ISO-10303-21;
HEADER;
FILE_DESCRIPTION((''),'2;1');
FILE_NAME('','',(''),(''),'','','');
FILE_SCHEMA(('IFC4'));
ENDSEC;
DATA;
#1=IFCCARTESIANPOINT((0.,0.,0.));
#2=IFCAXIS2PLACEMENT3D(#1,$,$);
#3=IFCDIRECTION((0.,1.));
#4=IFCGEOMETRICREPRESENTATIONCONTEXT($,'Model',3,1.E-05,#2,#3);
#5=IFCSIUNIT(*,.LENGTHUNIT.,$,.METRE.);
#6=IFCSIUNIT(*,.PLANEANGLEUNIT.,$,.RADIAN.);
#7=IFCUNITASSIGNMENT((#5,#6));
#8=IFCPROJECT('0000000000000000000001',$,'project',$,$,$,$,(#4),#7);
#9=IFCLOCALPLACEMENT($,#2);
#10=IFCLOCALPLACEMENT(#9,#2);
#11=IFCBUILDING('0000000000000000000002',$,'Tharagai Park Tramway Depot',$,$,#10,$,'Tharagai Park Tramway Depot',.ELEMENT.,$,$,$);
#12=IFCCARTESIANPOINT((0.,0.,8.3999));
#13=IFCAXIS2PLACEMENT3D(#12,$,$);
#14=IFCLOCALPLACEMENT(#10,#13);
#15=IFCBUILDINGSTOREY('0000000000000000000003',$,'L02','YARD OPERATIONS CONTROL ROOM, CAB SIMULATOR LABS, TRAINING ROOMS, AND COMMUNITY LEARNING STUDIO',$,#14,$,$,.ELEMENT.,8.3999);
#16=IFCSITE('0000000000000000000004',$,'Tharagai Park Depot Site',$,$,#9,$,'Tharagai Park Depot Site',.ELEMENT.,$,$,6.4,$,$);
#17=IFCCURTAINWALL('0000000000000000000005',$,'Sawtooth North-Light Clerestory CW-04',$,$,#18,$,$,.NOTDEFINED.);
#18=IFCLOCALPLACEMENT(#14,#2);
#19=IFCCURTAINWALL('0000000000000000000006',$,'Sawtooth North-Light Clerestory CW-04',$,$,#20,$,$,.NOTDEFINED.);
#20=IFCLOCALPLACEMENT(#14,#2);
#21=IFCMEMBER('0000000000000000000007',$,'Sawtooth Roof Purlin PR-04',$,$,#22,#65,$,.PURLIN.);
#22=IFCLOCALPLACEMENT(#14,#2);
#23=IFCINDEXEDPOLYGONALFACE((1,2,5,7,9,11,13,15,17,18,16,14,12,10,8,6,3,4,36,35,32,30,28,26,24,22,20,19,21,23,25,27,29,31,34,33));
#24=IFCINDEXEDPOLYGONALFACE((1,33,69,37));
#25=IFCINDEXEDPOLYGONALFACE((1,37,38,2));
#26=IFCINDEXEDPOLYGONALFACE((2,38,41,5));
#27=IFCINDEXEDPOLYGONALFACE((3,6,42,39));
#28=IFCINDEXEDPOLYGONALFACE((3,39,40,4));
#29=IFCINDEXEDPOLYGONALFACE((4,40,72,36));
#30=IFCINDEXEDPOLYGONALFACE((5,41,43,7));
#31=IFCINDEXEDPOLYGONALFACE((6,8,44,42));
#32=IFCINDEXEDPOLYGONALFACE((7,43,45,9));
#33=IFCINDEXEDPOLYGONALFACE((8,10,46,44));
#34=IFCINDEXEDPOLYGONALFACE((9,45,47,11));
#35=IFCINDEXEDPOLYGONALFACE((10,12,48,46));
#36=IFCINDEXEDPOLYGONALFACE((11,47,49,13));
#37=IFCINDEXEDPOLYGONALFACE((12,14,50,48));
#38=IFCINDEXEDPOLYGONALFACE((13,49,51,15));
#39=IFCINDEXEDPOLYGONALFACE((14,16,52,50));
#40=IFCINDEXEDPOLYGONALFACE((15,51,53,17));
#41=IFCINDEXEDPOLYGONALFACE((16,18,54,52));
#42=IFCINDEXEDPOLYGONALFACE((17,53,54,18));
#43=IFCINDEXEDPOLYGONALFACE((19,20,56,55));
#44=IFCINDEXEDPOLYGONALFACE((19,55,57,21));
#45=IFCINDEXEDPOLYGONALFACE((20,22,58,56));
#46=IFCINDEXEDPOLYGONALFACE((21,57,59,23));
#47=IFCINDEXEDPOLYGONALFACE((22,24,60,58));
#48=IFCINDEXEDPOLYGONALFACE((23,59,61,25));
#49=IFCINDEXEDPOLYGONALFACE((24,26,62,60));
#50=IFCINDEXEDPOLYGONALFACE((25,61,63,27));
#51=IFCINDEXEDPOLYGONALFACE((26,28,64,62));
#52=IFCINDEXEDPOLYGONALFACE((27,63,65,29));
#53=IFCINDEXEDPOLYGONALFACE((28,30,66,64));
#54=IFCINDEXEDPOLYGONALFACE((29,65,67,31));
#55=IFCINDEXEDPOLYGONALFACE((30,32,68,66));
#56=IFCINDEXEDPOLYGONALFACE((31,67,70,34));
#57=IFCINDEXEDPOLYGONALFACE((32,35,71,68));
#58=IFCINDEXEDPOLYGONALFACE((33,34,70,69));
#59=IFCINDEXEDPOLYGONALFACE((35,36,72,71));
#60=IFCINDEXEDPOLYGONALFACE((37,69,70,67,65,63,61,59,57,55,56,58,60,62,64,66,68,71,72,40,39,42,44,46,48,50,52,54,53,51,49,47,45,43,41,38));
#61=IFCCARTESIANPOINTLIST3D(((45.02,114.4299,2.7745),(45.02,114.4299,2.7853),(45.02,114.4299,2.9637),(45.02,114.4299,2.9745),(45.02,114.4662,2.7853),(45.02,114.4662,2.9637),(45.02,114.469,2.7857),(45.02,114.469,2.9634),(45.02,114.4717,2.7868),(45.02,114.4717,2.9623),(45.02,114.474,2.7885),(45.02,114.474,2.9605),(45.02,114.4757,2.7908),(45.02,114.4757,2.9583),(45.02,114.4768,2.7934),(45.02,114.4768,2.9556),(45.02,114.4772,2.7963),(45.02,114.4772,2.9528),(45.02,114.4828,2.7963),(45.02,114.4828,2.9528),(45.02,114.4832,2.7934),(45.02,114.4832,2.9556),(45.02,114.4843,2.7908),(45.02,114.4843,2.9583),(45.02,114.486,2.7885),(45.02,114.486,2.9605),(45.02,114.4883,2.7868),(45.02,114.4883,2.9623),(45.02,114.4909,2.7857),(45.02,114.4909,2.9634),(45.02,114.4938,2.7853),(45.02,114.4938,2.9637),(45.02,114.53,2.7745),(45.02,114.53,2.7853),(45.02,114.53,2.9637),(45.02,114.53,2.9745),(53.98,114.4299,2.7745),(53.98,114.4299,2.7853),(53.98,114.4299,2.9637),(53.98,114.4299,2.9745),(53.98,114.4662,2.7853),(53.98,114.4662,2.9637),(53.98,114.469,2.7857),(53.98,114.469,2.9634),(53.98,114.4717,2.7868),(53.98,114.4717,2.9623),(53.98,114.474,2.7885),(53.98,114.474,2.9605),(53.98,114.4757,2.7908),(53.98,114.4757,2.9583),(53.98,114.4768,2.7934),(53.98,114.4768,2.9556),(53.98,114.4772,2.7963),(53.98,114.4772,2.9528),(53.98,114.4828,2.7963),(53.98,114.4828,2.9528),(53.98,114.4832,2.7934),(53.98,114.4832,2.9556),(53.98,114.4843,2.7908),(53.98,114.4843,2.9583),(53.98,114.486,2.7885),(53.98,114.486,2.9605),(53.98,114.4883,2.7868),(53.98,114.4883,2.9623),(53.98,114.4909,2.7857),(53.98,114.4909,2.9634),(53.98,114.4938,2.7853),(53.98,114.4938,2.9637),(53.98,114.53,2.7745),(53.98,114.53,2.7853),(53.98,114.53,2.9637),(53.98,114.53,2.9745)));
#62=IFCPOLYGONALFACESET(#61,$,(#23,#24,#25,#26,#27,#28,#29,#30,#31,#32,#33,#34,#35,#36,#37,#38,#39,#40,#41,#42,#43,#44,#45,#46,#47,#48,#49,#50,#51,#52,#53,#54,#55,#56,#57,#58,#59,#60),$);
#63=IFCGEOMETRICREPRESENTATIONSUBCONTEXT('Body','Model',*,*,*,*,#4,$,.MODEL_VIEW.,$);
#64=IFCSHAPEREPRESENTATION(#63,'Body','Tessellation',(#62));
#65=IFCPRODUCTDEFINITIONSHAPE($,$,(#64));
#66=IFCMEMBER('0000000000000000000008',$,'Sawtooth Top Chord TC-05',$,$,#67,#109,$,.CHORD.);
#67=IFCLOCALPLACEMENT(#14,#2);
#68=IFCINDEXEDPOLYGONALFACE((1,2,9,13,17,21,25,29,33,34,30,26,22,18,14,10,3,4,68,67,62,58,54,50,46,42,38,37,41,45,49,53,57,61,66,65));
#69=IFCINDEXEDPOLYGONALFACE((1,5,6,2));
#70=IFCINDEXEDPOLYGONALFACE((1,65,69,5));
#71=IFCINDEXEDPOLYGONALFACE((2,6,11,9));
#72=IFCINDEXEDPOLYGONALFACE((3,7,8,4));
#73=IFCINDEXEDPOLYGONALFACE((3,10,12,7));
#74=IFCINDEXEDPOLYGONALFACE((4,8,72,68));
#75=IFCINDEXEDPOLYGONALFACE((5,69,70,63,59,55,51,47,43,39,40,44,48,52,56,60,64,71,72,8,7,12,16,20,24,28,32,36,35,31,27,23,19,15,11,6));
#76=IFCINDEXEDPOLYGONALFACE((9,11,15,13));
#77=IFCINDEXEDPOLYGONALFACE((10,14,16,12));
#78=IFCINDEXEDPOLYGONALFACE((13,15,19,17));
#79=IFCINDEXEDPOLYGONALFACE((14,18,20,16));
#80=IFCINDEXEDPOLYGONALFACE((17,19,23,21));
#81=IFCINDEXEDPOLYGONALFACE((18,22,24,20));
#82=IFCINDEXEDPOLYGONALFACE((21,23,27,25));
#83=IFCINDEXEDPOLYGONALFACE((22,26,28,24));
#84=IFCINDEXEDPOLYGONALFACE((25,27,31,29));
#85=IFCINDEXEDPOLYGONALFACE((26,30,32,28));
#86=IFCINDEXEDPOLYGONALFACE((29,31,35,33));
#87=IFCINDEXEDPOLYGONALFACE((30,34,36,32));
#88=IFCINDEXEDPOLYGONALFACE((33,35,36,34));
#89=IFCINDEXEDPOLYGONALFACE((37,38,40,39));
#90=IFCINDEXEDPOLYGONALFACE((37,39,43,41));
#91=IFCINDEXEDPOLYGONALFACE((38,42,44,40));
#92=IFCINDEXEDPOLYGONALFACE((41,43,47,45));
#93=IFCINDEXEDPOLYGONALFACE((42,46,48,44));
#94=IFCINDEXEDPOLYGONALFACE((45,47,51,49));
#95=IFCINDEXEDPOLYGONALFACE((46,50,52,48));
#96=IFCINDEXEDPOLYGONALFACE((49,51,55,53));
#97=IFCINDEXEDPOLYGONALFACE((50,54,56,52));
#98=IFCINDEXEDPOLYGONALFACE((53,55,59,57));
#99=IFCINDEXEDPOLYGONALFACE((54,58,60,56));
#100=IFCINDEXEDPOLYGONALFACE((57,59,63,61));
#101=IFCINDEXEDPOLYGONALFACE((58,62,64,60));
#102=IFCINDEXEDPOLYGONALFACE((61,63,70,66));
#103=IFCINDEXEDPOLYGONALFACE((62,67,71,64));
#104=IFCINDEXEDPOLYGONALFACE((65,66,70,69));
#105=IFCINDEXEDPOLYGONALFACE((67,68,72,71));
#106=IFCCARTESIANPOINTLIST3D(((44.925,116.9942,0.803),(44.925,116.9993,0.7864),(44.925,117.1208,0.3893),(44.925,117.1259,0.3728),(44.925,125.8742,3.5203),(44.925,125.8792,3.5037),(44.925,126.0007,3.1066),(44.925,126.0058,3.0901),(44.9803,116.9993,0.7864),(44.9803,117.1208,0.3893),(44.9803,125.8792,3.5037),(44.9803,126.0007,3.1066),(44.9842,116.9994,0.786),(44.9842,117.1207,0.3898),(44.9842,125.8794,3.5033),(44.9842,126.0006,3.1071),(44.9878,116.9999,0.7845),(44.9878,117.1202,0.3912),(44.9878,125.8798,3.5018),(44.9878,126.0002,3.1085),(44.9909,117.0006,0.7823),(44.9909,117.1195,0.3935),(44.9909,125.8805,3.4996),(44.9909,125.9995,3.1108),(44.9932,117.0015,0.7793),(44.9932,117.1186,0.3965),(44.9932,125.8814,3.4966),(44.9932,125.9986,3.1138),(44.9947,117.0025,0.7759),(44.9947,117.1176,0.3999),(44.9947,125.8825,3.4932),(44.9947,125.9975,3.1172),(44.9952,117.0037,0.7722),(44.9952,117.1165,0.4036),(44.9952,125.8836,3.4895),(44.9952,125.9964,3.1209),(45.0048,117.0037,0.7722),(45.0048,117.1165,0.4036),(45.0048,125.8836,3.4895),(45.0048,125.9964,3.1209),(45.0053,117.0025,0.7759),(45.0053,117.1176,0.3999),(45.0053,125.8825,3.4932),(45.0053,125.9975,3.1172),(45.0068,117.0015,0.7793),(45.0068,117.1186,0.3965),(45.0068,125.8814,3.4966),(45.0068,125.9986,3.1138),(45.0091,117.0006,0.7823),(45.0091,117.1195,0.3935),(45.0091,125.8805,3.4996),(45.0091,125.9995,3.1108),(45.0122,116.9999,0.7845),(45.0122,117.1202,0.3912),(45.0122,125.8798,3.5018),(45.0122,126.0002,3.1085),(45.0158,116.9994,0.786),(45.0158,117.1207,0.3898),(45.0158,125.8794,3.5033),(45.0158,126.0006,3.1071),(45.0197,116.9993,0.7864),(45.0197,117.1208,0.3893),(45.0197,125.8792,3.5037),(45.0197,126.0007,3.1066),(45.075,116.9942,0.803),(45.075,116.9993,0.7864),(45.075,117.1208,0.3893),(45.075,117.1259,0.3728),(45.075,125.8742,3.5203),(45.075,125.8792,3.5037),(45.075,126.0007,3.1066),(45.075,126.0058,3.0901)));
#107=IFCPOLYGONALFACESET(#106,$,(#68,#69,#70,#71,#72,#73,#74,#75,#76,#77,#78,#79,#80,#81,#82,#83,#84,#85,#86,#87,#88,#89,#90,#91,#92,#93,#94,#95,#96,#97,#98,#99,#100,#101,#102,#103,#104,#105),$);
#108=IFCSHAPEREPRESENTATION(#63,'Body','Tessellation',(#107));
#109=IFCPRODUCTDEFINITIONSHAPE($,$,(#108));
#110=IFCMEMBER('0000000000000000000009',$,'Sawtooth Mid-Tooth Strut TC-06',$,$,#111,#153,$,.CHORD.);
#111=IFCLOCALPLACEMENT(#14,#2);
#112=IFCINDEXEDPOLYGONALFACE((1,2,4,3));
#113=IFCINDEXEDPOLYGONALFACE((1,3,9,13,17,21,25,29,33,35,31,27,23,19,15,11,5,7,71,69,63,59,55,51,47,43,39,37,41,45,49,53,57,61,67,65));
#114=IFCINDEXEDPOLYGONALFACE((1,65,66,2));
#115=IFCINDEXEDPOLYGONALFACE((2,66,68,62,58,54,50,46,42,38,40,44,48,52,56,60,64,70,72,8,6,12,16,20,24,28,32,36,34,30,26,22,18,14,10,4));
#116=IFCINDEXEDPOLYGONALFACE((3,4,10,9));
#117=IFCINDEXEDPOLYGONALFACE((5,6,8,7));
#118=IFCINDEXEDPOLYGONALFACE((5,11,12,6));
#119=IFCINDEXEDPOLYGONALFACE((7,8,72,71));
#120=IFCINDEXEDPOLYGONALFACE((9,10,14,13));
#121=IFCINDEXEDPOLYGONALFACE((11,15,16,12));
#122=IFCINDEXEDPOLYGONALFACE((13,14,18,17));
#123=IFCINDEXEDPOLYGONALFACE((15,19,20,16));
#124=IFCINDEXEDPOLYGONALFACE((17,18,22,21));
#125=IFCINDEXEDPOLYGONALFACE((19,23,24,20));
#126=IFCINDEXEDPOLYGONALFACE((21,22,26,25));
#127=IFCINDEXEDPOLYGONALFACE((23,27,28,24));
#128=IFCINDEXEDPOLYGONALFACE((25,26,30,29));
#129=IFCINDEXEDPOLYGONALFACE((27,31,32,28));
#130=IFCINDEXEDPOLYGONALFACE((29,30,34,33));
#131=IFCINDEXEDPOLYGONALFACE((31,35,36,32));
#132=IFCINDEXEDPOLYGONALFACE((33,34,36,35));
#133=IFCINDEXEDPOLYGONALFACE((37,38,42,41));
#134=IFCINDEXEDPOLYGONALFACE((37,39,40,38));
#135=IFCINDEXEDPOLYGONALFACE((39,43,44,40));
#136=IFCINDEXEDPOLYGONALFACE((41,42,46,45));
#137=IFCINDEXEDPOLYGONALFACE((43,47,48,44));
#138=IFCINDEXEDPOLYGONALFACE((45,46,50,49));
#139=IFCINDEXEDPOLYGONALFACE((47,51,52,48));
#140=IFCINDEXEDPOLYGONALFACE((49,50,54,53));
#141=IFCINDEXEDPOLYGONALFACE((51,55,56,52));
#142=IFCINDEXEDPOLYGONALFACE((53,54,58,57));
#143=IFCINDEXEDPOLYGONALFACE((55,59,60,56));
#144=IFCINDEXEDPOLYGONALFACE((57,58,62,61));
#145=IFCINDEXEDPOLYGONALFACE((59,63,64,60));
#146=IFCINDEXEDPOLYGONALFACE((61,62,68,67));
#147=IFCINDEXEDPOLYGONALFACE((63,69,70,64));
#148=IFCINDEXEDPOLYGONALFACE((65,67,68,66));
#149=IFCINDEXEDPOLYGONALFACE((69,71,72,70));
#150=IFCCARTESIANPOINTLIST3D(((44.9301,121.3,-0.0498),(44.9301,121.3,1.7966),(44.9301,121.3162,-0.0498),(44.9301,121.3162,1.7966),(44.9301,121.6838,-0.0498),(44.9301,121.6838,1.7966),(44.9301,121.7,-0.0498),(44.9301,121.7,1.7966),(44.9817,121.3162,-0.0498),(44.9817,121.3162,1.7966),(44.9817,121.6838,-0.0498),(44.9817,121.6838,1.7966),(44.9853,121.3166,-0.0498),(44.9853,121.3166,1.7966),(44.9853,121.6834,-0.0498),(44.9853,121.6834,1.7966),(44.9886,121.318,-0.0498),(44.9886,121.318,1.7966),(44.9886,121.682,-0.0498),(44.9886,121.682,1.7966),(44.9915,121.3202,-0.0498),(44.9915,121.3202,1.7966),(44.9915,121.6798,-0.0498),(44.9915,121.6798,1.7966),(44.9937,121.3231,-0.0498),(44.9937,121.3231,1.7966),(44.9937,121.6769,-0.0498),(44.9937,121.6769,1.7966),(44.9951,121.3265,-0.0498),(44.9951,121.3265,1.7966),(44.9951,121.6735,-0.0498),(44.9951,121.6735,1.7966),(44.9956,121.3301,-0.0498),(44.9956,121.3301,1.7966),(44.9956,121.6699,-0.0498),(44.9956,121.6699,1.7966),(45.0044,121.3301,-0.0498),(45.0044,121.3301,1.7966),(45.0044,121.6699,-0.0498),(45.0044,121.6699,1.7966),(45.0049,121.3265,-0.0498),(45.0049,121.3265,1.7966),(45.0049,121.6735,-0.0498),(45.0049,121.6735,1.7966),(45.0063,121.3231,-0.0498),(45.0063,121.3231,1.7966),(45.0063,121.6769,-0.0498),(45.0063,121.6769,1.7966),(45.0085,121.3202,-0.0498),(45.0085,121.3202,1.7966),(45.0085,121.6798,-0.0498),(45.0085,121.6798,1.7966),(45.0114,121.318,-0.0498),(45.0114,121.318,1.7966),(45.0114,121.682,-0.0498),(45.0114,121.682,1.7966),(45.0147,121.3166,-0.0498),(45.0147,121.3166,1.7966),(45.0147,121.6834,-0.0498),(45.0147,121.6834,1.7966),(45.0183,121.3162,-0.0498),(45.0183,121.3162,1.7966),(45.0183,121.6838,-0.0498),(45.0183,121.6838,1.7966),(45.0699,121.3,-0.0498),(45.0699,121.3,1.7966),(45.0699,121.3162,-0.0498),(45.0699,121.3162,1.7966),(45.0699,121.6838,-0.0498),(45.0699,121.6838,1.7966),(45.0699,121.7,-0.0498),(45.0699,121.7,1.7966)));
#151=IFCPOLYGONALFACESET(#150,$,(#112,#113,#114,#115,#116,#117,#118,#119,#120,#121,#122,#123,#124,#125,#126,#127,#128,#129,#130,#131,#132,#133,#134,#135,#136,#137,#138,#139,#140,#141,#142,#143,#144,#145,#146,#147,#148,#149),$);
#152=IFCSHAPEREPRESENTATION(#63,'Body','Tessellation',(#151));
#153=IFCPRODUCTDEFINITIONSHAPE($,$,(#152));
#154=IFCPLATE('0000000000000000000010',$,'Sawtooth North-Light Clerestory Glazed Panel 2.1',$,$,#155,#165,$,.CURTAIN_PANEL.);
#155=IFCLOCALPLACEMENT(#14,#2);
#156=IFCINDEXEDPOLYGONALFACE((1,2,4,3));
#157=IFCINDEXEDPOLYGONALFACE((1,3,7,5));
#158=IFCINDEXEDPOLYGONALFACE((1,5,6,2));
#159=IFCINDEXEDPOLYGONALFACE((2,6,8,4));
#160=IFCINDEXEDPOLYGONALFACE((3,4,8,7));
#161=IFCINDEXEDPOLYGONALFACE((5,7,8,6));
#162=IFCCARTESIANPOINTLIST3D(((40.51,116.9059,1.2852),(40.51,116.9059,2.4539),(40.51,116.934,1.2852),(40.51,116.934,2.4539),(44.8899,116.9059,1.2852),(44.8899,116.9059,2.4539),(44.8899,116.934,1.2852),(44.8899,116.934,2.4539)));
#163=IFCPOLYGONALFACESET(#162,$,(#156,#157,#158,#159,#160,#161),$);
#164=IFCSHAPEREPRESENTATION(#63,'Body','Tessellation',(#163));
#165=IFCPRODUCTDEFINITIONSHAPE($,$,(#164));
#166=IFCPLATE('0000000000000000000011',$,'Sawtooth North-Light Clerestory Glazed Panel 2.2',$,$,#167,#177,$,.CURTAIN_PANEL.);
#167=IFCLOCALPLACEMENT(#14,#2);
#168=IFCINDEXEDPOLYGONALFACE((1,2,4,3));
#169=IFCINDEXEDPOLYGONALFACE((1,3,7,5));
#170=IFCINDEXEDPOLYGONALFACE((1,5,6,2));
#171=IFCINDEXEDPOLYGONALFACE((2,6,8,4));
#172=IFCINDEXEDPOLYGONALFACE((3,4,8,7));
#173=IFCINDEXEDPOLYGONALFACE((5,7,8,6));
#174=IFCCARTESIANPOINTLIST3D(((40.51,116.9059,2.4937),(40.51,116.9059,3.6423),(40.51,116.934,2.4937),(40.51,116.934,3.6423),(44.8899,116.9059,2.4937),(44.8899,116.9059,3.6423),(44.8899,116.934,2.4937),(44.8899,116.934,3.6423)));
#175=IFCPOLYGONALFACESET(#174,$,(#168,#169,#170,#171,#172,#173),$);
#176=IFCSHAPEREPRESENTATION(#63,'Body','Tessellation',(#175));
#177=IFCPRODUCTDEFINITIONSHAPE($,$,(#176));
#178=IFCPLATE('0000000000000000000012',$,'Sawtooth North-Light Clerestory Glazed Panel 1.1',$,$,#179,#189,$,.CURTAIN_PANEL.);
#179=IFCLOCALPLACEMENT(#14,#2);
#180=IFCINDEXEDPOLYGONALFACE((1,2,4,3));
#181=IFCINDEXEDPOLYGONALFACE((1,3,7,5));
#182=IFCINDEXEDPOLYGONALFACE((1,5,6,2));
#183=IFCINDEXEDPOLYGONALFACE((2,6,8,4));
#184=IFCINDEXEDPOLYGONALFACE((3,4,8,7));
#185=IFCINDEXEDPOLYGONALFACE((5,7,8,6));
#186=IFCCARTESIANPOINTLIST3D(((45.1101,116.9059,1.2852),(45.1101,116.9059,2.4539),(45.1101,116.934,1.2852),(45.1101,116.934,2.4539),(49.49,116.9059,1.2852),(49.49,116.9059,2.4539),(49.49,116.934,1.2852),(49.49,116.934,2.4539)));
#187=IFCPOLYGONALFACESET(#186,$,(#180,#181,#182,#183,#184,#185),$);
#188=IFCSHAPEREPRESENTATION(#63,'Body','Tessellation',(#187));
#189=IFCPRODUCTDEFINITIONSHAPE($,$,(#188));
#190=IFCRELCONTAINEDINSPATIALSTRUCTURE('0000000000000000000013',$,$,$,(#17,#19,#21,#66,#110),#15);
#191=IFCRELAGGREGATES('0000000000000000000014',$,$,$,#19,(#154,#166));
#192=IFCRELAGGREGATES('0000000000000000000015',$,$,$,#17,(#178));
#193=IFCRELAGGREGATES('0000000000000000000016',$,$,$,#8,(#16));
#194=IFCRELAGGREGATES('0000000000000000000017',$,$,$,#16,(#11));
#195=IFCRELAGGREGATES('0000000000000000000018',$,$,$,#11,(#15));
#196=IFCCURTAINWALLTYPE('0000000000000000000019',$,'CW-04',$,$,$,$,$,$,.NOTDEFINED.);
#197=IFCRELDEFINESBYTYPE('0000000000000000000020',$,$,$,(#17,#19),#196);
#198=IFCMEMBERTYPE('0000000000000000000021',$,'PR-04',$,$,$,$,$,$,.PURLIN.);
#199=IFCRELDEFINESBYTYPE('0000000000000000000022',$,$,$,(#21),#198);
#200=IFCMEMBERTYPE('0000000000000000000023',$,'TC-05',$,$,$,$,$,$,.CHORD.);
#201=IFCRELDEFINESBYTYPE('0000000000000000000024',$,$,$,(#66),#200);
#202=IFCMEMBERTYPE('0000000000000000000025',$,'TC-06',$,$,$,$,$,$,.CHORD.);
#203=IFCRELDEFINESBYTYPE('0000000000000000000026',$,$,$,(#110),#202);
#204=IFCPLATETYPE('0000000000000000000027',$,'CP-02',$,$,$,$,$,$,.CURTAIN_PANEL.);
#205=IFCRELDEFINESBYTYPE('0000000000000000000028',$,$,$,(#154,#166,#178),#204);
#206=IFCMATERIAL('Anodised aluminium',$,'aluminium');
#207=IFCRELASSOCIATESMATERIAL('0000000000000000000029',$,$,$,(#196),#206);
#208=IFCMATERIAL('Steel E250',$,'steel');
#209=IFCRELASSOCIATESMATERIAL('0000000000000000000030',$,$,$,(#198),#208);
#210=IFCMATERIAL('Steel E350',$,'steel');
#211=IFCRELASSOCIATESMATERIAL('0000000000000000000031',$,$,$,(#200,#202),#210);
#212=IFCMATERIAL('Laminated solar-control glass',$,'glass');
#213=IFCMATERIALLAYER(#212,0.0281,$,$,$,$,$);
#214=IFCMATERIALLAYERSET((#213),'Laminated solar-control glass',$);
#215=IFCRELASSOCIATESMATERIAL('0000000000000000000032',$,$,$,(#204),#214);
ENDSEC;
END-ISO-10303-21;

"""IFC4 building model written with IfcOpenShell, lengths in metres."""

from ifc_helpers import new_model, si_unit, direction, frame, origin, origin_2d, place, context, subcontext, project, spatial, rectangle, i_section, extrude, material, layer, layer_set, material_profile, profile_set, type_object, element, aggregate, save


model = new_model("IFC4")

# Units and contexts
model_context = context("Model", 3, precision=1e-05, world=origin(), true_north=direction((0.0, 1.0)))
body_context = subcontext(model_context, "Body", "Model", "MODEL_VIEW")
ifc_project = project(units=[si_unit("LENGTHUNIT", "METRE"), si_unit("PLANEANGLEUNIT", "RADIAN")], contexts=[model_context])

# Site, building, storey
site_placement = place(None, origin())
site = spatial("IfcSite", under=ifc_project, at=site_placement, Name="Tharagai Park Depot Site", LongName="Tharagai Park Depot Site", CompositionType="ELEMENT", RefElevation=6.4)
building_placement = place(site_placement, origin())
building = spatial("IfcBuilding", under=site, at=building_placement, Name="Tharagai Park Tramway Depot", LongName="Tharagai Park Tramway Depot", CompositionType="ELEMENT")
storey_placement = place(building_placement, frame((0.0, 0.0, 8.3999)))
storey = spatial("IfcBuildingStorey", under=building, at=storey_placement, Name="L02", Description="YARD OPERATIONS CONTROL ROOM, CAB SIMULATOR LABS, TRAINING ROOMS, AND COMMUNITY LEARNING STUDIO", CompositionType="ELEMENT", Elevation=8.3999)

# Shared definitions
ifc_material_1 = material(Name="Steel E350", Category="steel")

# Curtain wall
ifc_material_2 = material(Name="Anodised aluminium", Category="aluminium")
curtain_wall_type = type_object("IfcCurtainWallType", Name="CW-04", PredefinedType="NOTDEFINED", material=ifc_material_2)
curtain_wall_1_placement = place(storey_placement, origin())
curtain_wall_1 = element("IfcCurtainWall", 1, at=curtain_wall_1_placement, inside=storey, type_object=curtain_wall_type, Name="Sawtooth North-Light Clerestory CW-04", PredefinedType="NOTDEFINED")

# Curtain wall
curtain_wall_2_placement = place(storey_placement, origin())
curtain_wall_2 = element("IfcCurtainWall", 2, at=curtain_wall_2_placement, inside=storey, type_object=curtain_wall_type, Name="Sawtooth North-Light Clerestory CW-04", PredefinedType="NOTDEFINED")

# Members
ifc_material_3 = material(Name="Steel E250", Category="steel")
ifc_material_profile_1 = material_profile(ifc_material_3, i_section(OverallWidth=0.1001, OverallDepth=0.2, WebThickness=0.0056, FlangeThickness=0.0107, FilletRadius=0.011, at=origin_2d()), Name="ISMB 200")
ifc_profile_set_1 = profile_set([ifc_material_profile_1], Name="Steel E250")
member_type_1 = type_object("IfcMemberType", Name="PR-04", PredefinedType="PURLIN", material=ifc_profile_set_1)
member_1_placement = place(storey_placement, frame((45.02, 114.48, 2.8745), z_axis=(1.0, 0.0, 0.0), x_axis=(0.0, 1.0, 0.0)))
element("IfcMember", 3, at=member_1_placement, inside=storey, type_object=member_type_1, Name="Sawtooth Roof Purlin PR-04", PredefinedType="PURLIN", context=body_context, shape_type="SweptSolid", body=[
    extrude(i_section(OverallWidth=0.1001, OverallDepth=0.2, WebThickness=0.0056, FlangeThickness=0.0107, FilletRadius=0.011, at=origin_2d()), origin(), (0.0, 0.0, 1.0), 8.96),
])
ifc_material_profile_2 = material_profile(ifc_material_1, i_section(OverallWidth=0.1499, OverallDepth=0.45, WebThickness=0.0095, FlangeThickness=0.0173, FilletRadius=0.0149, at=origin_2d()), Name="ISMB 450")
ifc_profile_set_2 = profile_set([ifc_material_profile_2], Name="Steel E350")
member_type_2 = type_object("IfcMemberType", Name="TC-05", PredefinedType="CHORD", material=ifc_profile_set_2)
member_2_placement = place(storey_placement, frame((45.0, 117.0601, 0.5879), z_axis=(0.0, 0.956231, 0.292611), x_axis=(-1.0, 0.0, 0.0)))
element("IfcMember", 4, at=member_2_placement, inside=storey, type_object=member_type_2, Name="Sawtooth Top Chord TC-05", PredefinedType="CHORD", context=body_context, shape_type="SweptSolid", body=[
    extrude(i_section(OverallWidth=0.1499, OverallDepth=0.45, WebThickness=0.0095, FlangeThickness=0.0173, FilletRadius=0.0149, at=origin_2d()), origin(), (0.0, 0.0, 1.0), 9.2864),
])
ifc_material_profile_3 = material_profile(ifc_material_1, i_section(OverallWidth=0.1399, OverallDepth=0.3999, WebThickness=0.0088, FlangeThickness=0.0161, FilletRadius=0.0139, at=origin_2d()), Name="ISMB 400")
ifc_profile_set_3 = profile_set([ifc_material_profile_3], Name="Steel E350")
member_type_3 = type_object("IfcMemberType", Name="TC-06", PredefinedType="CHORD", material=ifc_profile_set_3)
member_3_placement = place(storey_placement, frame((45.0, 121.5, -0.0498), z_axis=(0.0, 0.0, 1.0), x_axis=(1.0, 0.0, 0.0)))
element("IfcMember", 5, at=member_3_placement, inside=storey, type_object=member_type_3, Name="Sawtooth Mid-Tooth Strut TC-06", PredefinedType="CHORD", context=body_context, shape_type="SweptSolid", body=[
    extrude(i_section(OverallWidth=0.1399, OverallDepth=0.3999, WebThickness=0.0088, FlangeThickness=0.0161, FilletRadius=0.0139, at=origin_2d()), origin(), (0.0, 0.0, 1.0), 1.8464),
])

# Plates
ifc_material_4 = material(Name="Laminated solar-control glass", Category="glass")
ifc_layer_1 = layer(ifc_material_4, 0.0281)
ifc_layer_set_1 = layer_set([ifc_layer_1], Name="Laminated solar-control glass")
plate_type_1 = type_object("IfcPlateType", Name="CP-02", PredefinedType="CURTAIN_PANEL", material=ifc_layer_set_1)
plate_1_placement = place(storey_placement, frame((42.7, 116.9199, 1.2852), z_axis=(0.0, 0.0, 1.0), x_axis=(1.0, 0.0, 0.0)))
plate_1 = element("IfcPlate", 6, at=plate_1_placement, type_object=plate_type_1, Name="Sawtooth North-Light Clerestory Glazed Panel 2.1", PredefinedType="CURTAIN_PANEL", context=body_context, shape_type="SweptSolid", body=[
    extrude(rectangle(XDim=4.3799, YDim=0.0281, at=origin_2d()), origin(), (0.0, 0.0, 1.0), 1.1687),
])
plate_2_placement = place(storey_placement, frame((42.7, 116.9199, 2.4937), z_axis=(0.0, 0.0, 1.0), x_axis=(1.0, 0.0, 0.0)))
plate_2 = element("IfcPlate", 7, at=plate_2_placement, type_object=plate_type_1, Name="Sawtooth North-Light Clerestory Glazed Panel 2.2", PredefinedType="CURTAIN_PANEL", context=body_context, shape_type="SweptSolid", body=[
    extrude(rectangle(XDim=4.3799, YDim=0.0281, at=origin_2d()), origin(), (0.0, 0.0, 1.0), 1.1487),
])
aggregate(curtain_wall_2, [plate_1, plate_2])
plate_3_placement = place(storey_placement, frame((47.3, 116.9199, 1.2852), z_axis=(0.0, 0.0, 1.0), x_axis=(1.0, 0.0, 0.0)))
plate_3 = element("IfcPlate", 8, at=plate_3_placement, type_object=plate_type_1, Name="Sawtooth North-Light Clerestory Glazed Panel 1.1", PredefinedType="CURTAIN_PANEL", context=body_context, shape_type="SweptSolid", body=[
    extrude(rectangle(XDim=4.3799, YDim=0.0281, at=origin_2d()), origin(), (0.0, 0.0, 1.0), 1.1687),
])
aggregate(curtain_wall_1, [plate_3])

save(model, "model.ifc")
